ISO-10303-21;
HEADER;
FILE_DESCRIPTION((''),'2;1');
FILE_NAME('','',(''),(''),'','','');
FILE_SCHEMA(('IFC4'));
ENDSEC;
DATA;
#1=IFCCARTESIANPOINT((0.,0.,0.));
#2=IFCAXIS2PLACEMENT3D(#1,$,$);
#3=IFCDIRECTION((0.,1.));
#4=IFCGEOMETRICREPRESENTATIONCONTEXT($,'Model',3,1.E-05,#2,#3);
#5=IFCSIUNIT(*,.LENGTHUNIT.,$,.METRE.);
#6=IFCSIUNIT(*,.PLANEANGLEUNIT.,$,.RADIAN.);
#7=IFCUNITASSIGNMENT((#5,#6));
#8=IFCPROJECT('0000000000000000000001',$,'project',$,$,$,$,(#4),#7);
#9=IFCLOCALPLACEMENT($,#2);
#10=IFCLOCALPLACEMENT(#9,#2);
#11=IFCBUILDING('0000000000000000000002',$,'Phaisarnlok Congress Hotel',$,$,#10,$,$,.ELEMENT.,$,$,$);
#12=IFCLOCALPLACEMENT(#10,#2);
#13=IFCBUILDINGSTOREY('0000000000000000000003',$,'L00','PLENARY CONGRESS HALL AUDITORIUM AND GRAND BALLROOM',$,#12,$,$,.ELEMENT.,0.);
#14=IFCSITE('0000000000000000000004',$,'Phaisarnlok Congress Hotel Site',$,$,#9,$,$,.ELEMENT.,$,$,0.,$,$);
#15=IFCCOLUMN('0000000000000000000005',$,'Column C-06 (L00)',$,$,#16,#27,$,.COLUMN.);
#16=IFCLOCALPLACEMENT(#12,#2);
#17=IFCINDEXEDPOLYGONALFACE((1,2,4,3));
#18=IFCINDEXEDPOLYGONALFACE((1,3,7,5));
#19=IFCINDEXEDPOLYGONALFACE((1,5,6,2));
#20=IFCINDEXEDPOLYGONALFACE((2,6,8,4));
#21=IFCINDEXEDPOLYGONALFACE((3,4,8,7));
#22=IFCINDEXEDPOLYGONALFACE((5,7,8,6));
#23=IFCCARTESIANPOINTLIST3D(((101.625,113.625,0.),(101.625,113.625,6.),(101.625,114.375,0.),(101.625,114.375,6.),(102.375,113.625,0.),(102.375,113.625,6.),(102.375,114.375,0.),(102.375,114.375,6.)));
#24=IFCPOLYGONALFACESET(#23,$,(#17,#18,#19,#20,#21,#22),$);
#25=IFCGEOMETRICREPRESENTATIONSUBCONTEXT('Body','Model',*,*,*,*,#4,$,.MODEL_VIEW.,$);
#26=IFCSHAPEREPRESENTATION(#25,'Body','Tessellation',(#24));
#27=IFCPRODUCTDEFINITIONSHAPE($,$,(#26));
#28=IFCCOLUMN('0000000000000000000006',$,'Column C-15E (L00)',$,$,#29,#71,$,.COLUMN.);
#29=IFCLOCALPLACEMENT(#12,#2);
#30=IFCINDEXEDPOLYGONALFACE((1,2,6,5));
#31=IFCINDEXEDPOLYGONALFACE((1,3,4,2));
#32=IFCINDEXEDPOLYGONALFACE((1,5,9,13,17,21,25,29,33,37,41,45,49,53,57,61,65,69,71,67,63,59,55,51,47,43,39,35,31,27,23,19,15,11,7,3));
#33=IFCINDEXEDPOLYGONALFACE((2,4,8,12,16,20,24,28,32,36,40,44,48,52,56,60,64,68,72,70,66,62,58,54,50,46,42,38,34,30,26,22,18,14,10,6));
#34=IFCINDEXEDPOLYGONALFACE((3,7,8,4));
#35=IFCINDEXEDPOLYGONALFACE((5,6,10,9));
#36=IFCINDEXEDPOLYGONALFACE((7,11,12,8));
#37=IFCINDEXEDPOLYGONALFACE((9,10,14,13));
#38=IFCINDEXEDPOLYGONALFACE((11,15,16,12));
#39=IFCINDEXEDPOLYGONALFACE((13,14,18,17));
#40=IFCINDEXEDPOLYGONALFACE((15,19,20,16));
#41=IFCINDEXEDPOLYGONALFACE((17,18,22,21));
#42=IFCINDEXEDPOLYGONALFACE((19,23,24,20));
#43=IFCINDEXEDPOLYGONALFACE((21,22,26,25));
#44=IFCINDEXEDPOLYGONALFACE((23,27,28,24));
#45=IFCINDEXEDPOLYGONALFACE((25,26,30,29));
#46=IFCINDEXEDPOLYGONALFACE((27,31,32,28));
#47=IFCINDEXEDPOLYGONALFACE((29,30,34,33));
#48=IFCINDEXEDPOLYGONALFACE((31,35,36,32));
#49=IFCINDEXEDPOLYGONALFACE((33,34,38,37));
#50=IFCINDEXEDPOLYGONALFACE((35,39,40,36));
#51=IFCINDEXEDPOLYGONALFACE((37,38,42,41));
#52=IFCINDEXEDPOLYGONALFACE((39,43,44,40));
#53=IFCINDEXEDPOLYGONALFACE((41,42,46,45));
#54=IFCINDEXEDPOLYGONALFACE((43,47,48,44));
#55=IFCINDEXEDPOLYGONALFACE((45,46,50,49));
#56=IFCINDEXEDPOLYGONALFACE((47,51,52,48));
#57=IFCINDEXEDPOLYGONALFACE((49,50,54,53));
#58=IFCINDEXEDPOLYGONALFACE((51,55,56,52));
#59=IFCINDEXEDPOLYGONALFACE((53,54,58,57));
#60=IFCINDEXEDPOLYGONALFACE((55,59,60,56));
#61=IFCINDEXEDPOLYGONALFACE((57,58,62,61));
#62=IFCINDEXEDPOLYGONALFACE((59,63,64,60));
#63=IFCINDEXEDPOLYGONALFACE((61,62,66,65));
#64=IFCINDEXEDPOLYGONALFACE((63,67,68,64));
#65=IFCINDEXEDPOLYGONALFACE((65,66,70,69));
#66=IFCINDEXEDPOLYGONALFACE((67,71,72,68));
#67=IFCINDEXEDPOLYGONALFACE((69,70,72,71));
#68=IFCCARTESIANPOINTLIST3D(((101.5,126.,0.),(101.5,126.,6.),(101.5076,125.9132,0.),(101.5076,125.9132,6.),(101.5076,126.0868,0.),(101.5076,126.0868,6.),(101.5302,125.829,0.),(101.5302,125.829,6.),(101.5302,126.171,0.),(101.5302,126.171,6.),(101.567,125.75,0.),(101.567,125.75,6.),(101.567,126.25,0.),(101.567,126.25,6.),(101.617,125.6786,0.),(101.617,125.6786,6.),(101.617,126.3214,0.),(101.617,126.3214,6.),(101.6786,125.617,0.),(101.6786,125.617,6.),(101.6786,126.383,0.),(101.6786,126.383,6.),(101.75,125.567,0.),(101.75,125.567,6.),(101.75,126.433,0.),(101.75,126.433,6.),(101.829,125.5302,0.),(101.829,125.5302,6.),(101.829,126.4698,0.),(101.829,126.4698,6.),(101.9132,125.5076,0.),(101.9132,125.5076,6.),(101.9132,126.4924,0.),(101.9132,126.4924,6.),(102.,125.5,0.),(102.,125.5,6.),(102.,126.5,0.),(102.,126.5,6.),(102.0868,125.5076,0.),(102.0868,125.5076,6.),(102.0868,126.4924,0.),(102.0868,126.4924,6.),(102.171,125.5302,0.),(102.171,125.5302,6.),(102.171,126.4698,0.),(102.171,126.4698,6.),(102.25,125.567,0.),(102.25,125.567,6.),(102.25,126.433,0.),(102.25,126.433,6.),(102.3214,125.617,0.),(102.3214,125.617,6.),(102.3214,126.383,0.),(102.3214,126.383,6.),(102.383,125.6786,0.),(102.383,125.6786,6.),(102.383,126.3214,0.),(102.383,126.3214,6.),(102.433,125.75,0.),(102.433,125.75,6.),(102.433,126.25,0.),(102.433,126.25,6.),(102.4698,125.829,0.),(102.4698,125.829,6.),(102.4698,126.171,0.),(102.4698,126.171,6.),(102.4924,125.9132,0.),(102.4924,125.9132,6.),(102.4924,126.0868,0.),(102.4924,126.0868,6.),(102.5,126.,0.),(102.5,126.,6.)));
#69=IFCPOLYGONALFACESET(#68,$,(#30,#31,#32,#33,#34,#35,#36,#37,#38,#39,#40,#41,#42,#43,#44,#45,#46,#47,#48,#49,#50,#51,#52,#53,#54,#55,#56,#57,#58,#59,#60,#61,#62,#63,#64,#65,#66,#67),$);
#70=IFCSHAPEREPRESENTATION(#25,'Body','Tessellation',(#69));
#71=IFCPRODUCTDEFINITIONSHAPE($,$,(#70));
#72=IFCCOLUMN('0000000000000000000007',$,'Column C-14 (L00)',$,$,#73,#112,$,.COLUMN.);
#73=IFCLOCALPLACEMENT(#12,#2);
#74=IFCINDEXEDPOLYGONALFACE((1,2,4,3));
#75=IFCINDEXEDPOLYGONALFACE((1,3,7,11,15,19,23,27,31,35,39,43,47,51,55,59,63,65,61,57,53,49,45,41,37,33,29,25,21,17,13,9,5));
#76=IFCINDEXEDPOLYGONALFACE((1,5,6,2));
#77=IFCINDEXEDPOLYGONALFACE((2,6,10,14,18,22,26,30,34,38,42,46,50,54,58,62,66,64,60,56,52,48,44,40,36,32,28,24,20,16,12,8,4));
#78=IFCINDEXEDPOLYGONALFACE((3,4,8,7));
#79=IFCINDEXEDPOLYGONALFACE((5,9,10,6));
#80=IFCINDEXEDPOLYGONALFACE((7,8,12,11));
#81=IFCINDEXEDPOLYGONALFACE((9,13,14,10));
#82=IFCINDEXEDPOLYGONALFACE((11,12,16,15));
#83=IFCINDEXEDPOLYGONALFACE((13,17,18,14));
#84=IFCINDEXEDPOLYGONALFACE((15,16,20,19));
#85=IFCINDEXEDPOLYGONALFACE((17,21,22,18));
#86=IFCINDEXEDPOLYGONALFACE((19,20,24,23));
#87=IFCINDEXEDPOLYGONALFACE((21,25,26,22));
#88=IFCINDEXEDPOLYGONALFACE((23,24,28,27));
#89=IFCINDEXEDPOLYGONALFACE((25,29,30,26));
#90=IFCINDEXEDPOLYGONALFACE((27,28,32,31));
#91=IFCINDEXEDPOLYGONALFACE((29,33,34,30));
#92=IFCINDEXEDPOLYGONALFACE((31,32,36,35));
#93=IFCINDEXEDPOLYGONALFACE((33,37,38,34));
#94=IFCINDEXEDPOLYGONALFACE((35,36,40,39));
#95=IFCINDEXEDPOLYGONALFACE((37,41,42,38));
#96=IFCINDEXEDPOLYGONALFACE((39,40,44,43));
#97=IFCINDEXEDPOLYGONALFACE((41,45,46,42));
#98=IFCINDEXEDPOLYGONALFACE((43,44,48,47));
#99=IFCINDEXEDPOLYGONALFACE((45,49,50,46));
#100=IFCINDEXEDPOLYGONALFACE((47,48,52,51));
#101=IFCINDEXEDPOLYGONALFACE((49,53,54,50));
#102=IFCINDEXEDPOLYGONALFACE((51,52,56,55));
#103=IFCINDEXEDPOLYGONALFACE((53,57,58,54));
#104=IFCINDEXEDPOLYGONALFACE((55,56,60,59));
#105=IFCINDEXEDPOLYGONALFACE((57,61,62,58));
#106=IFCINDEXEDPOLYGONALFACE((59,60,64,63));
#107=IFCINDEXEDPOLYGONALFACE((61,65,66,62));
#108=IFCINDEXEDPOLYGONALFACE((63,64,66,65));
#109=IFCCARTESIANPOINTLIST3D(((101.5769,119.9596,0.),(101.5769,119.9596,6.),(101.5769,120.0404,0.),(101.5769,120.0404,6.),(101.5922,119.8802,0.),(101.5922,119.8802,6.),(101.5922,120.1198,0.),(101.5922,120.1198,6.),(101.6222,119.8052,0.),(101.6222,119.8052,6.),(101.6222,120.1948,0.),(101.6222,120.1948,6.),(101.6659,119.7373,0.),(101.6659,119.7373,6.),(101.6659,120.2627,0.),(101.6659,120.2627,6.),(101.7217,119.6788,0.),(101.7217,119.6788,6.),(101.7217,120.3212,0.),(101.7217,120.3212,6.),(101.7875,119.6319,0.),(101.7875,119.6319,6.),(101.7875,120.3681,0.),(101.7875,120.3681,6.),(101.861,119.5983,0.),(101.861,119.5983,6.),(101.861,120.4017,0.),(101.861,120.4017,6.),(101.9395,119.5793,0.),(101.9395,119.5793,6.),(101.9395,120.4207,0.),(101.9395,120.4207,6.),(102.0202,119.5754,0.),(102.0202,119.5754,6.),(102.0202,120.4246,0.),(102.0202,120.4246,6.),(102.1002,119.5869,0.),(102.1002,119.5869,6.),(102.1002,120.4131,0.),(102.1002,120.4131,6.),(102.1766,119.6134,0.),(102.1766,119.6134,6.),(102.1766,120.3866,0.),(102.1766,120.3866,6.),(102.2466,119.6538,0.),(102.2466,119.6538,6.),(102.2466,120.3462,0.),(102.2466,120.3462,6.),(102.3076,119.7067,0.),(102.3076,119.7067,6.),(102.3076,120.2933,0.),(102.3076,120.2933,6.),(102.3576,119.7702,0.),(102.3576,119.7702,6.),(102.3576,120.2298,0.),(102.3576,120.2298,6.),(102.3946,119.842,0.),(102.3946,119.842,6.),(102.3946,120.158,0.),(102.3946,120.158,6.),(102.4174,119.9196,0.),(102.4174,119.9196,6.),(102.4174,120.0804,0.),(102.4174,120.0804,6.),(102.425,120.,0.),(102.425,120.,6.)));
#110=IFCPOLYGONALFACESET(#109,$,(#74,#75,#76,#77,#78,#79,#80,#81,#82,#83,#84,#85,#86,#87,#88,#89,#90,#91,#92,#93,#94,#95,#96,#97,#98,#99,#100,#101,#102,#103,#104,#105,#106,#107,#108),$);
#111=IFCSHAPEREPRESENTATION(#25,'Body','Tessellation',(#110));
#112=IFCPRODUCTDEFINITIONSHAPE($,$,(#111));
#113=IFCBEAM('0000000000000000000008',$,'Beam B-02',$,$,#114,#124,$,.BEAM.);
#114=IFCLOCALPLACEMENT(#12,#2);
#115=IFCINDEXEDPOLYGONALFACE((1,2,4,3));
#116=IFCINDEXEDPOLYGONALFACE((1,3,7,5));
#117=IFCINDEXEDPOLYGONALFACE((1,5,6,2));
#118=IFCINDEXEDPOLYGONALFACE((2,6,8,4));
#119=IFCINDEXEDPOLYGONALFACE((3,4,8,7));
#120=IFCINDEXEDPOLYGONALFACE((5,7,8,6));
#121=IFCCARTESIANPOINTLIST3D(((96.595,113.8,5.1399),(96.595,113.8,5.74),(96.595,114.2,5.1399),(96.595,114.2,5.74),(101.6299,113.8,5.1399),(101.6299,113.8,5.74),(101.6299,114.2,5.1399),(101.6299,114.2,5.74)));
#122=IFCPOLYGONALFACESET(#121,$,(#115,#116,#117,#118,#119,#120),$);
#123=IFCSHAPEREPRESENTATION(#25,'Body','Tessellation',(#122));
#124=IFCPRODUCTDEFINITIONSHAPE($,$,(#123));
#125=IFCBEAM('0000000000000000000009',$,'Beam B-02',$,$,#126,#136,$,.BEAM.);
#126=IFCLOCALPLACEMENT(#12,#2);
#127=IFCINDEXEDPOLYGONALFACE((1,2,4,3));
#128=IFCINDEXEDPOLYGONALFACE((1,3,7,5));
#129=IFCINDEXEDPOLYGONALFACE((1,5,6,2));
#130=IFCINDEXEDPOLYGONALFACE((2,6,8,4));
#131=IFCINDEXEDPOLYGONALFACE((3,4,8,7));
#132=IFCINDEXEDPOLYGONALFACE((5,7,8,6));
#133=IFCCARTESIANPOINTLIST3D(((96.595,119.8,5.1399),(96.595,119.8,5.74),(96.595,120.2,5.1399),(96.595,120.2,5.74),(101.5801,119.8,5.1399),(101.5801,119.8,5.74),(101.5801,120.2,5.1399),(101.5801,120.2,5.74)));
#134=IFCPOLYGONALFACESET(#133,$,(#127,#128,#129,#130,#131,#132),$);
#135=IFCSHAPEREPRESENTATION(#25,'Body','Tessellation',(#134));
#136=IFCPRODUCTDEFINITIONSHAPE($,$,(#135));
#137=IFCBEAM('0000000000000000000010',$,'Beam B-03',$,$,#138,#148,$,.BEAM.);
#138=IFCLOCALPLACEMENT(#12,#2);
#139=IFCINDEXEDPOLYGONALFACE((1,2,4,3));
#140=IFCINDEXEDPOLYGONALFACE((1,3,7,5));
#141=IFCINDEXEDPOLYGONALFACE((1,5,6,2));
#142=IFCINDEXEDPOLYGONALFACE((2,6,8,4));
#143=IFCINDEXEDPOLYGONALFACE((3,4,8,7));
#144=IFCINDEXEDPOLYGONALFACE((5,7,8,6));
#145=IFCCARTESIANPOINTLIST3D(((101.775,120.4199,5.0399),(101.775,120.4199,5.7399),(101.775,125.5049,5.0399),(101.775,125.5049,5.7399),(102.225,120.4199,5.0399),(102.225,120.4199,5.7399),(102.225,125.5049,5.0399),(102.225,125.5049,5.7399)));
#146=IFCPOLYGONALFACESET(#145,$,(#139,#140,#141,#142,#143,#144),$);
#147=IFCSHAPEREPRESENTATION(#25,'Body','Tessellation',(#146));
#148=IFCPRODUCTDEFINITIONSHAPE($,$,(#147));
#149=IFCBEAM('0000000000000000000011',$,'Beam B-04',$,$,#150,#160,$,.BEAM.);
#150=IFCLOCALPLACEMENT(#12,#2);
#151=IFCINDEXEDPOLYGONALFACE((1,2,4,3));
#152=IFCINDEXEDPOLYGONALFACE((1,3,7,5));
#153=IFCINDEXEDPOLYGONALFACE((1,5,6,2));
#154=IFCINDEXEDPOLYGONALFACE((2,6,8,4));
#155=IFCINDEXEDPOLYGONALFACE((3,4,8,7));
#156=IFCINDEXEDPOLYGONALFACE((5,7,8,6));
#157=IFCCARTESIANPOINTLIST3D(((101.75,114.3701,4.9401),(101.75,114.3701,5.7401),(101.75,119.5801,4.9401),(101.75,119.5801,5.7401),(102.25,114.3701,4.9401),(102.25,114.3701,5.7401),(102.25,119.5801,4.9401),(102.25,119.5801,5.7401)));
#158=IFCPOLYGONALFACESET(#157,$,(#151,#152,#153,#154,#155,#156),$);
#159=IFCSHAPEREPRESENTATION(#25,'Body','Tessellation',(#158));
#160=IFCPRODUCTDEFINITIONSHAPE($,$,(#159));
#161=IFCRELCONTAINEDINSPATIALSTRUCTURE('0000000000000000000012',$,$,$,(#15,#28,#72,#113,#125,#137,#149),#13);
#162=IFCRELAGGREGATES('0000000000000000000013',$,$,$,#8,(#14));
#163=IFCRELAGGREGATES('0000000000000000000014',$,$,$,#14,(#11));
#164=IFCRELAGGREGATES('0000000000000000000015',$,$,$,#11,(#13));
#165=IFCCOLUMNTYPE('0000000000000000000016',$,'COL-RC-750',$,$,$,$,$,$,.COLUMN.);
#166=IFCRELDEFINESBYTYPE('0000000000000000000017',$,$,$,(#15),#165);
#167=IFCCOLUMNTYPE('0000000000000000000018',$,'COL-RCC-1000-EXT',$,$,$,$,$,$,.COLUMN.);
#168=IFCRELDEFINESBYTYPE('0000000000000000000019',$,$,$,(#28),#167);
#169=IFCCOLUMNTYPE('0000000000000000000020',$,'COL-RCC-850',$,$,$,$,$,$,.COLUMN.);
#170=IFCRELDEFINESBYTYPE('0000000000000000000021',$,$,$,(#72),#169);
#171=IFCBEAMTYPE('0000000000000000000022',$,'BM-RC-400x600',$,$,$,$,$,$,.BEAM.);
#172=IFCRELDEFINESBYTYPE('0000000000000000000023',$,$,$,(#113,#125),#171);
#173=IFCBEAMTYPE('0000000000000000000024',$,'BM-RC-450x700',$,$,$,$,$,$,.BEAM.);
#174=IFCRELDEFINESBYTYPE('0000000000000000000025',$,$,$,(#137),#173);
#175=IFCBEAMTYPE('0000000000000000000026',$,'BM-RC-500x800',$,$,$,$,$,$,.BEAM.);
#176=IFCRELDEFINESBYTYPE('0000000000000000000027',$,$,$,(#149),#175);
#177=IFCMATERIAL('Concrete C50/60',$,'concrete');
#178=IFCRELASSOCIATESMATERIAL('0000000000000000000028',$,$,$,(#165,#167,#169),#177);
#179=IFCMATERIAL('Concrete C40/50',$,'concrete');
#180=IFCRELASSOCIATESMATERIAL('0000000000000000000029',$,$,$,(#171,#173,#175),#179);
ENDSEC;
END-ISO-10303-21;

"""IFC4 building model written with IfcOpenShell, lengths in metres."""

from ifc_helpers import new_model, si_unit, direction, frame, origin, origin_2d, place, context, subcontext, project, spatial, rectangle, circle, extrude, material, material_profile, profile_set, type_object, element, save


model = new_model("IFC4")

# Units and contexts
model_context = context("Model", 3, precision=1e-05, world=origin(), true_north=direction((0.0, 1.0)))
body_context = subcontext(model_context, "Body", "Model", "MODEL_VIEW")
ifc_project = project(units=[si_unit("LENGTHUNIT", "METRE"), si_unit("PLANEANGLEUNIT", "RADIAN")], contexts=[model_context])

# Site, building, storey
site_placement = place(None, origin())
site = spatial("IfcSite", under=ifc_project, at=site_placement, Name="Phaisarnlok Congress Hotel Site", CompositionType="ELEMENT", RefElevation=0.0)
building_placement = place(site_placement, origin())
building = spatial("IfcBuilding", under=site, at=building_placement, Name="Phaisarnlok Congress Hotel", CompositionType="ELEMENT")
storey_placement = place(building_placement, origin())
storey = spatial("IfcBuildingStorey", under=building, at=storey_placement, Name="L00", Description="PLENARY CONGRESS HALL AUDITORIUM AND GRAND BALLROOM", CompositionType="ELEMENT", Elevation=0.0)

# Columns
ifc_material_1 = material(Name="Concrete C50/60", Category="concrete")
ifc_material_profile_1 = material_profile(ifc_material_1, rectangle(XDim=0.75, YDim=0.75, at=origin_2d()), Name="RC 750x750")
ifc_profile_set_1 = profile_set([ifc_material_profile_1], Name="Concrete C50/60")
column_type_1 = type_object("IfcColumnType", Name="COL-RC-750", PredefinedType="COLUMN", material=ifc_profile_set_1)
column_1_placement = place(storey_placement, frame((102.0, 114.0, 0.0), z_axis=(0.0, 0.0, 1.0), x_axis=(1.0, 0.0, 0.0)))
element("IfcColumn", 1, at=column_1_placement, inside=storey, type_object=column_type_1, Name="Column C-06 (L00)", PredefinedType="COLUMN", context=body_context, shape_type="SweptSolid", body=[
    extrude(rectangle(XDim=0.75, YDim=0.75, at=origin_2d()), origin(), (0.0, 0.0, 1.0), 6.0),
])
ifc_material_profile_2 = material_profile(ifc_material_1, circle(Radius=0.5, at=origin_2d()), Name="RCC D1000")
ifc_profile_set_2 = profile_set([ifc_material_profile_2], Name="Concrete C50/60")
column_type_2 = type_object("IfcColumnType", Name="COL-RCC-1000-EXT", PredefinedType="COLUMN", material=ifc_profile_set_2)
column_2_placement = place(storey_placement, frame((102.0, 126.0, 0.0), z_axis=(0.0, 0.0, 1.0), x_axis=(1.0, 0.0, 0.0)))
element("IfcColumn", 2, at=column_2_placement, inside=storey, type_object=column_type_2, Name="Column C-15E (L00)", PredefinedType="COLUMN", context=body_context, shape_type="SweptSolid", body=[
    extrude(circle(Radius=0.5, at=origin_2d()), origin(), (0.0, 0.0, 1.0), 6.0),
])
ifc_material_profile_3 = material_profile(ifc_material_1, circle(Radius=0.425, at=origin_2d()), Name="RCC D850")
ifc_profile_set_3 = profile_set([ifc_material_profile_3], Name="Concrete C50/60")
column_type_3 = type_object("IfcColumnType", Name="COL-RCC-850", PredefinedType="COLUMN", material=ifc_profile_set_3)
column_3_placement = place(storey_placement, frame((102.0, 120.0, 0.0), z_axis=(0.0, 0.0, 1.0), x_axis=(1.0, 0.0, 0.0)))
element("IfcColumn", 3, at=column_3_placement, inside=storey, type_object=column_type_3, Name="Column C-14 (L00)", PredefinedType="COLUMN", context=body_context, shape_type="SweptSolid", body=[
    extrude(circle(Radius=0.425, at=origin_2d()), origin(), (0.0, 0.0, 1.0), 6.0),
])

# Beams
ifc_material_2 = material(Name="Concrete C40/50", Category="concrete")
ifc_material_profile_4 = material_profile(ifc_material_2, rectangle(XDim=0.3999, YDim=0.6001, at=origin_2d()), Name="RC 400x600")
ifc_profile_set_4 = profile_set([ifc_material_profile_4], Name="Concrete C40/50")
beam_type_1 = type_object("IfcBeamType", Name="BM-RC-400x600", PredefinedType="BEAM", material=ifc_profile_set_4)
beam_1_placement = place(storey_placement, frame((96.595, 114.0, 5.4399), z_axis=(1.0, 0.0, 0.0), x_axis=(0.0, 1.0, 0.0)))
element("IfcBeam", 4, at=beam_1_placement, inside=storey, type_object=beam_type_1, Name="Beam B-02", PredefinedType="BEAM", context=body_context, shape_type="SweptSolid", body=[
    extrude(rectangle(XDim=0.3999, YDim=0.6001, at=origin_2d()), origin(), (0.0, 0.0, 1.0), 5.0349),
])
beam_2_placement = place(storey_placement, frame((96.595, 120.0, 5.4399), z_axis=(1.0, 0.0, 0.0), x_axis=(0.0, 1.0, 0.0)))
element("IfcBeam", 5, at=beam_2_placement, inside=storey, type_object=beam_type_1, Name="Beam B-02", PredefinedType="BEAM", context=body_context, shape_type="SweptSolid", body=[
    extrude(rectangle(XDim=0.3999, YDim=0.6001, at=origin_2d()), origin(), (0.0, 0.0, 1.0), 4.9851),
])
ifc_material_profile_5 = material_profile(ifc_material_2, rectangle(XDim=0.45, YDim=0.7, at=origin_2d()), Name="RC 450x700")
ifc_profile_set_5 = profile_set([ifc_material_profile_5], Name="Concrete C40/50")
beam_type_2 = type_object("IfcBeamType", Name="BM-RC-450x700", PredefinedType="BEAM", material=ifc_profile_set_5)
beam_3_placement = place(storey_placement, frame((102.0, 120.4199, 5.3899), z_axis=(0.0, 1.0, 0.0), x_axis=(-1.0, 0.0, 0.0)))
element("IfcBeam", 6, at=beam_3_placement, inside=storey, type_object=beam_type_2, Name="Beam B-03", PredefinedType="BEAM", context=body_context, shape_type="SweptSolid", body=[
    extrude(rectangle(XDim=0.45, YDim=0.7, at=origin_2d()), origin(), (0.0, 0.0, 1.0), 5.085),
])
ifc_material_profile_6 = material_profile(ifc_material_2, rectangle(XDim=0.5, YDim=0.8, at=origin_2d()), Name="RC 500x800")
ifc_profile_set_6 = profile_set([ifc_material_profile_6], Name="Concrete C40/50")
beam_type_3 = type_object("IfcBeamType", Name="BM-RC-500x800", PredefinedType="BEAM", material=ifc_profile_set_6)
beam_4_placement = place(storey_placement, frame((102.0, 114.3701, 5.3401), z_axis=(0.0, 1.0, 0.0), x_axis=(-1.0, 0.0, 0.0)))
element("IfcBeam", 7, at=beam_4_placement, inside=storey, type_object=beam_type_3, Name="Beam B-04", PredefinedType="BEAM", context=body_context, shape_type="SweptSolid", body=[
    extrude(rectangle(XDim=0.5, YDim=0.8, at=origin_2d()), origin(), (0.0, 0.0, 1.0), 5.21),
])

save(model, "model.ifc")
